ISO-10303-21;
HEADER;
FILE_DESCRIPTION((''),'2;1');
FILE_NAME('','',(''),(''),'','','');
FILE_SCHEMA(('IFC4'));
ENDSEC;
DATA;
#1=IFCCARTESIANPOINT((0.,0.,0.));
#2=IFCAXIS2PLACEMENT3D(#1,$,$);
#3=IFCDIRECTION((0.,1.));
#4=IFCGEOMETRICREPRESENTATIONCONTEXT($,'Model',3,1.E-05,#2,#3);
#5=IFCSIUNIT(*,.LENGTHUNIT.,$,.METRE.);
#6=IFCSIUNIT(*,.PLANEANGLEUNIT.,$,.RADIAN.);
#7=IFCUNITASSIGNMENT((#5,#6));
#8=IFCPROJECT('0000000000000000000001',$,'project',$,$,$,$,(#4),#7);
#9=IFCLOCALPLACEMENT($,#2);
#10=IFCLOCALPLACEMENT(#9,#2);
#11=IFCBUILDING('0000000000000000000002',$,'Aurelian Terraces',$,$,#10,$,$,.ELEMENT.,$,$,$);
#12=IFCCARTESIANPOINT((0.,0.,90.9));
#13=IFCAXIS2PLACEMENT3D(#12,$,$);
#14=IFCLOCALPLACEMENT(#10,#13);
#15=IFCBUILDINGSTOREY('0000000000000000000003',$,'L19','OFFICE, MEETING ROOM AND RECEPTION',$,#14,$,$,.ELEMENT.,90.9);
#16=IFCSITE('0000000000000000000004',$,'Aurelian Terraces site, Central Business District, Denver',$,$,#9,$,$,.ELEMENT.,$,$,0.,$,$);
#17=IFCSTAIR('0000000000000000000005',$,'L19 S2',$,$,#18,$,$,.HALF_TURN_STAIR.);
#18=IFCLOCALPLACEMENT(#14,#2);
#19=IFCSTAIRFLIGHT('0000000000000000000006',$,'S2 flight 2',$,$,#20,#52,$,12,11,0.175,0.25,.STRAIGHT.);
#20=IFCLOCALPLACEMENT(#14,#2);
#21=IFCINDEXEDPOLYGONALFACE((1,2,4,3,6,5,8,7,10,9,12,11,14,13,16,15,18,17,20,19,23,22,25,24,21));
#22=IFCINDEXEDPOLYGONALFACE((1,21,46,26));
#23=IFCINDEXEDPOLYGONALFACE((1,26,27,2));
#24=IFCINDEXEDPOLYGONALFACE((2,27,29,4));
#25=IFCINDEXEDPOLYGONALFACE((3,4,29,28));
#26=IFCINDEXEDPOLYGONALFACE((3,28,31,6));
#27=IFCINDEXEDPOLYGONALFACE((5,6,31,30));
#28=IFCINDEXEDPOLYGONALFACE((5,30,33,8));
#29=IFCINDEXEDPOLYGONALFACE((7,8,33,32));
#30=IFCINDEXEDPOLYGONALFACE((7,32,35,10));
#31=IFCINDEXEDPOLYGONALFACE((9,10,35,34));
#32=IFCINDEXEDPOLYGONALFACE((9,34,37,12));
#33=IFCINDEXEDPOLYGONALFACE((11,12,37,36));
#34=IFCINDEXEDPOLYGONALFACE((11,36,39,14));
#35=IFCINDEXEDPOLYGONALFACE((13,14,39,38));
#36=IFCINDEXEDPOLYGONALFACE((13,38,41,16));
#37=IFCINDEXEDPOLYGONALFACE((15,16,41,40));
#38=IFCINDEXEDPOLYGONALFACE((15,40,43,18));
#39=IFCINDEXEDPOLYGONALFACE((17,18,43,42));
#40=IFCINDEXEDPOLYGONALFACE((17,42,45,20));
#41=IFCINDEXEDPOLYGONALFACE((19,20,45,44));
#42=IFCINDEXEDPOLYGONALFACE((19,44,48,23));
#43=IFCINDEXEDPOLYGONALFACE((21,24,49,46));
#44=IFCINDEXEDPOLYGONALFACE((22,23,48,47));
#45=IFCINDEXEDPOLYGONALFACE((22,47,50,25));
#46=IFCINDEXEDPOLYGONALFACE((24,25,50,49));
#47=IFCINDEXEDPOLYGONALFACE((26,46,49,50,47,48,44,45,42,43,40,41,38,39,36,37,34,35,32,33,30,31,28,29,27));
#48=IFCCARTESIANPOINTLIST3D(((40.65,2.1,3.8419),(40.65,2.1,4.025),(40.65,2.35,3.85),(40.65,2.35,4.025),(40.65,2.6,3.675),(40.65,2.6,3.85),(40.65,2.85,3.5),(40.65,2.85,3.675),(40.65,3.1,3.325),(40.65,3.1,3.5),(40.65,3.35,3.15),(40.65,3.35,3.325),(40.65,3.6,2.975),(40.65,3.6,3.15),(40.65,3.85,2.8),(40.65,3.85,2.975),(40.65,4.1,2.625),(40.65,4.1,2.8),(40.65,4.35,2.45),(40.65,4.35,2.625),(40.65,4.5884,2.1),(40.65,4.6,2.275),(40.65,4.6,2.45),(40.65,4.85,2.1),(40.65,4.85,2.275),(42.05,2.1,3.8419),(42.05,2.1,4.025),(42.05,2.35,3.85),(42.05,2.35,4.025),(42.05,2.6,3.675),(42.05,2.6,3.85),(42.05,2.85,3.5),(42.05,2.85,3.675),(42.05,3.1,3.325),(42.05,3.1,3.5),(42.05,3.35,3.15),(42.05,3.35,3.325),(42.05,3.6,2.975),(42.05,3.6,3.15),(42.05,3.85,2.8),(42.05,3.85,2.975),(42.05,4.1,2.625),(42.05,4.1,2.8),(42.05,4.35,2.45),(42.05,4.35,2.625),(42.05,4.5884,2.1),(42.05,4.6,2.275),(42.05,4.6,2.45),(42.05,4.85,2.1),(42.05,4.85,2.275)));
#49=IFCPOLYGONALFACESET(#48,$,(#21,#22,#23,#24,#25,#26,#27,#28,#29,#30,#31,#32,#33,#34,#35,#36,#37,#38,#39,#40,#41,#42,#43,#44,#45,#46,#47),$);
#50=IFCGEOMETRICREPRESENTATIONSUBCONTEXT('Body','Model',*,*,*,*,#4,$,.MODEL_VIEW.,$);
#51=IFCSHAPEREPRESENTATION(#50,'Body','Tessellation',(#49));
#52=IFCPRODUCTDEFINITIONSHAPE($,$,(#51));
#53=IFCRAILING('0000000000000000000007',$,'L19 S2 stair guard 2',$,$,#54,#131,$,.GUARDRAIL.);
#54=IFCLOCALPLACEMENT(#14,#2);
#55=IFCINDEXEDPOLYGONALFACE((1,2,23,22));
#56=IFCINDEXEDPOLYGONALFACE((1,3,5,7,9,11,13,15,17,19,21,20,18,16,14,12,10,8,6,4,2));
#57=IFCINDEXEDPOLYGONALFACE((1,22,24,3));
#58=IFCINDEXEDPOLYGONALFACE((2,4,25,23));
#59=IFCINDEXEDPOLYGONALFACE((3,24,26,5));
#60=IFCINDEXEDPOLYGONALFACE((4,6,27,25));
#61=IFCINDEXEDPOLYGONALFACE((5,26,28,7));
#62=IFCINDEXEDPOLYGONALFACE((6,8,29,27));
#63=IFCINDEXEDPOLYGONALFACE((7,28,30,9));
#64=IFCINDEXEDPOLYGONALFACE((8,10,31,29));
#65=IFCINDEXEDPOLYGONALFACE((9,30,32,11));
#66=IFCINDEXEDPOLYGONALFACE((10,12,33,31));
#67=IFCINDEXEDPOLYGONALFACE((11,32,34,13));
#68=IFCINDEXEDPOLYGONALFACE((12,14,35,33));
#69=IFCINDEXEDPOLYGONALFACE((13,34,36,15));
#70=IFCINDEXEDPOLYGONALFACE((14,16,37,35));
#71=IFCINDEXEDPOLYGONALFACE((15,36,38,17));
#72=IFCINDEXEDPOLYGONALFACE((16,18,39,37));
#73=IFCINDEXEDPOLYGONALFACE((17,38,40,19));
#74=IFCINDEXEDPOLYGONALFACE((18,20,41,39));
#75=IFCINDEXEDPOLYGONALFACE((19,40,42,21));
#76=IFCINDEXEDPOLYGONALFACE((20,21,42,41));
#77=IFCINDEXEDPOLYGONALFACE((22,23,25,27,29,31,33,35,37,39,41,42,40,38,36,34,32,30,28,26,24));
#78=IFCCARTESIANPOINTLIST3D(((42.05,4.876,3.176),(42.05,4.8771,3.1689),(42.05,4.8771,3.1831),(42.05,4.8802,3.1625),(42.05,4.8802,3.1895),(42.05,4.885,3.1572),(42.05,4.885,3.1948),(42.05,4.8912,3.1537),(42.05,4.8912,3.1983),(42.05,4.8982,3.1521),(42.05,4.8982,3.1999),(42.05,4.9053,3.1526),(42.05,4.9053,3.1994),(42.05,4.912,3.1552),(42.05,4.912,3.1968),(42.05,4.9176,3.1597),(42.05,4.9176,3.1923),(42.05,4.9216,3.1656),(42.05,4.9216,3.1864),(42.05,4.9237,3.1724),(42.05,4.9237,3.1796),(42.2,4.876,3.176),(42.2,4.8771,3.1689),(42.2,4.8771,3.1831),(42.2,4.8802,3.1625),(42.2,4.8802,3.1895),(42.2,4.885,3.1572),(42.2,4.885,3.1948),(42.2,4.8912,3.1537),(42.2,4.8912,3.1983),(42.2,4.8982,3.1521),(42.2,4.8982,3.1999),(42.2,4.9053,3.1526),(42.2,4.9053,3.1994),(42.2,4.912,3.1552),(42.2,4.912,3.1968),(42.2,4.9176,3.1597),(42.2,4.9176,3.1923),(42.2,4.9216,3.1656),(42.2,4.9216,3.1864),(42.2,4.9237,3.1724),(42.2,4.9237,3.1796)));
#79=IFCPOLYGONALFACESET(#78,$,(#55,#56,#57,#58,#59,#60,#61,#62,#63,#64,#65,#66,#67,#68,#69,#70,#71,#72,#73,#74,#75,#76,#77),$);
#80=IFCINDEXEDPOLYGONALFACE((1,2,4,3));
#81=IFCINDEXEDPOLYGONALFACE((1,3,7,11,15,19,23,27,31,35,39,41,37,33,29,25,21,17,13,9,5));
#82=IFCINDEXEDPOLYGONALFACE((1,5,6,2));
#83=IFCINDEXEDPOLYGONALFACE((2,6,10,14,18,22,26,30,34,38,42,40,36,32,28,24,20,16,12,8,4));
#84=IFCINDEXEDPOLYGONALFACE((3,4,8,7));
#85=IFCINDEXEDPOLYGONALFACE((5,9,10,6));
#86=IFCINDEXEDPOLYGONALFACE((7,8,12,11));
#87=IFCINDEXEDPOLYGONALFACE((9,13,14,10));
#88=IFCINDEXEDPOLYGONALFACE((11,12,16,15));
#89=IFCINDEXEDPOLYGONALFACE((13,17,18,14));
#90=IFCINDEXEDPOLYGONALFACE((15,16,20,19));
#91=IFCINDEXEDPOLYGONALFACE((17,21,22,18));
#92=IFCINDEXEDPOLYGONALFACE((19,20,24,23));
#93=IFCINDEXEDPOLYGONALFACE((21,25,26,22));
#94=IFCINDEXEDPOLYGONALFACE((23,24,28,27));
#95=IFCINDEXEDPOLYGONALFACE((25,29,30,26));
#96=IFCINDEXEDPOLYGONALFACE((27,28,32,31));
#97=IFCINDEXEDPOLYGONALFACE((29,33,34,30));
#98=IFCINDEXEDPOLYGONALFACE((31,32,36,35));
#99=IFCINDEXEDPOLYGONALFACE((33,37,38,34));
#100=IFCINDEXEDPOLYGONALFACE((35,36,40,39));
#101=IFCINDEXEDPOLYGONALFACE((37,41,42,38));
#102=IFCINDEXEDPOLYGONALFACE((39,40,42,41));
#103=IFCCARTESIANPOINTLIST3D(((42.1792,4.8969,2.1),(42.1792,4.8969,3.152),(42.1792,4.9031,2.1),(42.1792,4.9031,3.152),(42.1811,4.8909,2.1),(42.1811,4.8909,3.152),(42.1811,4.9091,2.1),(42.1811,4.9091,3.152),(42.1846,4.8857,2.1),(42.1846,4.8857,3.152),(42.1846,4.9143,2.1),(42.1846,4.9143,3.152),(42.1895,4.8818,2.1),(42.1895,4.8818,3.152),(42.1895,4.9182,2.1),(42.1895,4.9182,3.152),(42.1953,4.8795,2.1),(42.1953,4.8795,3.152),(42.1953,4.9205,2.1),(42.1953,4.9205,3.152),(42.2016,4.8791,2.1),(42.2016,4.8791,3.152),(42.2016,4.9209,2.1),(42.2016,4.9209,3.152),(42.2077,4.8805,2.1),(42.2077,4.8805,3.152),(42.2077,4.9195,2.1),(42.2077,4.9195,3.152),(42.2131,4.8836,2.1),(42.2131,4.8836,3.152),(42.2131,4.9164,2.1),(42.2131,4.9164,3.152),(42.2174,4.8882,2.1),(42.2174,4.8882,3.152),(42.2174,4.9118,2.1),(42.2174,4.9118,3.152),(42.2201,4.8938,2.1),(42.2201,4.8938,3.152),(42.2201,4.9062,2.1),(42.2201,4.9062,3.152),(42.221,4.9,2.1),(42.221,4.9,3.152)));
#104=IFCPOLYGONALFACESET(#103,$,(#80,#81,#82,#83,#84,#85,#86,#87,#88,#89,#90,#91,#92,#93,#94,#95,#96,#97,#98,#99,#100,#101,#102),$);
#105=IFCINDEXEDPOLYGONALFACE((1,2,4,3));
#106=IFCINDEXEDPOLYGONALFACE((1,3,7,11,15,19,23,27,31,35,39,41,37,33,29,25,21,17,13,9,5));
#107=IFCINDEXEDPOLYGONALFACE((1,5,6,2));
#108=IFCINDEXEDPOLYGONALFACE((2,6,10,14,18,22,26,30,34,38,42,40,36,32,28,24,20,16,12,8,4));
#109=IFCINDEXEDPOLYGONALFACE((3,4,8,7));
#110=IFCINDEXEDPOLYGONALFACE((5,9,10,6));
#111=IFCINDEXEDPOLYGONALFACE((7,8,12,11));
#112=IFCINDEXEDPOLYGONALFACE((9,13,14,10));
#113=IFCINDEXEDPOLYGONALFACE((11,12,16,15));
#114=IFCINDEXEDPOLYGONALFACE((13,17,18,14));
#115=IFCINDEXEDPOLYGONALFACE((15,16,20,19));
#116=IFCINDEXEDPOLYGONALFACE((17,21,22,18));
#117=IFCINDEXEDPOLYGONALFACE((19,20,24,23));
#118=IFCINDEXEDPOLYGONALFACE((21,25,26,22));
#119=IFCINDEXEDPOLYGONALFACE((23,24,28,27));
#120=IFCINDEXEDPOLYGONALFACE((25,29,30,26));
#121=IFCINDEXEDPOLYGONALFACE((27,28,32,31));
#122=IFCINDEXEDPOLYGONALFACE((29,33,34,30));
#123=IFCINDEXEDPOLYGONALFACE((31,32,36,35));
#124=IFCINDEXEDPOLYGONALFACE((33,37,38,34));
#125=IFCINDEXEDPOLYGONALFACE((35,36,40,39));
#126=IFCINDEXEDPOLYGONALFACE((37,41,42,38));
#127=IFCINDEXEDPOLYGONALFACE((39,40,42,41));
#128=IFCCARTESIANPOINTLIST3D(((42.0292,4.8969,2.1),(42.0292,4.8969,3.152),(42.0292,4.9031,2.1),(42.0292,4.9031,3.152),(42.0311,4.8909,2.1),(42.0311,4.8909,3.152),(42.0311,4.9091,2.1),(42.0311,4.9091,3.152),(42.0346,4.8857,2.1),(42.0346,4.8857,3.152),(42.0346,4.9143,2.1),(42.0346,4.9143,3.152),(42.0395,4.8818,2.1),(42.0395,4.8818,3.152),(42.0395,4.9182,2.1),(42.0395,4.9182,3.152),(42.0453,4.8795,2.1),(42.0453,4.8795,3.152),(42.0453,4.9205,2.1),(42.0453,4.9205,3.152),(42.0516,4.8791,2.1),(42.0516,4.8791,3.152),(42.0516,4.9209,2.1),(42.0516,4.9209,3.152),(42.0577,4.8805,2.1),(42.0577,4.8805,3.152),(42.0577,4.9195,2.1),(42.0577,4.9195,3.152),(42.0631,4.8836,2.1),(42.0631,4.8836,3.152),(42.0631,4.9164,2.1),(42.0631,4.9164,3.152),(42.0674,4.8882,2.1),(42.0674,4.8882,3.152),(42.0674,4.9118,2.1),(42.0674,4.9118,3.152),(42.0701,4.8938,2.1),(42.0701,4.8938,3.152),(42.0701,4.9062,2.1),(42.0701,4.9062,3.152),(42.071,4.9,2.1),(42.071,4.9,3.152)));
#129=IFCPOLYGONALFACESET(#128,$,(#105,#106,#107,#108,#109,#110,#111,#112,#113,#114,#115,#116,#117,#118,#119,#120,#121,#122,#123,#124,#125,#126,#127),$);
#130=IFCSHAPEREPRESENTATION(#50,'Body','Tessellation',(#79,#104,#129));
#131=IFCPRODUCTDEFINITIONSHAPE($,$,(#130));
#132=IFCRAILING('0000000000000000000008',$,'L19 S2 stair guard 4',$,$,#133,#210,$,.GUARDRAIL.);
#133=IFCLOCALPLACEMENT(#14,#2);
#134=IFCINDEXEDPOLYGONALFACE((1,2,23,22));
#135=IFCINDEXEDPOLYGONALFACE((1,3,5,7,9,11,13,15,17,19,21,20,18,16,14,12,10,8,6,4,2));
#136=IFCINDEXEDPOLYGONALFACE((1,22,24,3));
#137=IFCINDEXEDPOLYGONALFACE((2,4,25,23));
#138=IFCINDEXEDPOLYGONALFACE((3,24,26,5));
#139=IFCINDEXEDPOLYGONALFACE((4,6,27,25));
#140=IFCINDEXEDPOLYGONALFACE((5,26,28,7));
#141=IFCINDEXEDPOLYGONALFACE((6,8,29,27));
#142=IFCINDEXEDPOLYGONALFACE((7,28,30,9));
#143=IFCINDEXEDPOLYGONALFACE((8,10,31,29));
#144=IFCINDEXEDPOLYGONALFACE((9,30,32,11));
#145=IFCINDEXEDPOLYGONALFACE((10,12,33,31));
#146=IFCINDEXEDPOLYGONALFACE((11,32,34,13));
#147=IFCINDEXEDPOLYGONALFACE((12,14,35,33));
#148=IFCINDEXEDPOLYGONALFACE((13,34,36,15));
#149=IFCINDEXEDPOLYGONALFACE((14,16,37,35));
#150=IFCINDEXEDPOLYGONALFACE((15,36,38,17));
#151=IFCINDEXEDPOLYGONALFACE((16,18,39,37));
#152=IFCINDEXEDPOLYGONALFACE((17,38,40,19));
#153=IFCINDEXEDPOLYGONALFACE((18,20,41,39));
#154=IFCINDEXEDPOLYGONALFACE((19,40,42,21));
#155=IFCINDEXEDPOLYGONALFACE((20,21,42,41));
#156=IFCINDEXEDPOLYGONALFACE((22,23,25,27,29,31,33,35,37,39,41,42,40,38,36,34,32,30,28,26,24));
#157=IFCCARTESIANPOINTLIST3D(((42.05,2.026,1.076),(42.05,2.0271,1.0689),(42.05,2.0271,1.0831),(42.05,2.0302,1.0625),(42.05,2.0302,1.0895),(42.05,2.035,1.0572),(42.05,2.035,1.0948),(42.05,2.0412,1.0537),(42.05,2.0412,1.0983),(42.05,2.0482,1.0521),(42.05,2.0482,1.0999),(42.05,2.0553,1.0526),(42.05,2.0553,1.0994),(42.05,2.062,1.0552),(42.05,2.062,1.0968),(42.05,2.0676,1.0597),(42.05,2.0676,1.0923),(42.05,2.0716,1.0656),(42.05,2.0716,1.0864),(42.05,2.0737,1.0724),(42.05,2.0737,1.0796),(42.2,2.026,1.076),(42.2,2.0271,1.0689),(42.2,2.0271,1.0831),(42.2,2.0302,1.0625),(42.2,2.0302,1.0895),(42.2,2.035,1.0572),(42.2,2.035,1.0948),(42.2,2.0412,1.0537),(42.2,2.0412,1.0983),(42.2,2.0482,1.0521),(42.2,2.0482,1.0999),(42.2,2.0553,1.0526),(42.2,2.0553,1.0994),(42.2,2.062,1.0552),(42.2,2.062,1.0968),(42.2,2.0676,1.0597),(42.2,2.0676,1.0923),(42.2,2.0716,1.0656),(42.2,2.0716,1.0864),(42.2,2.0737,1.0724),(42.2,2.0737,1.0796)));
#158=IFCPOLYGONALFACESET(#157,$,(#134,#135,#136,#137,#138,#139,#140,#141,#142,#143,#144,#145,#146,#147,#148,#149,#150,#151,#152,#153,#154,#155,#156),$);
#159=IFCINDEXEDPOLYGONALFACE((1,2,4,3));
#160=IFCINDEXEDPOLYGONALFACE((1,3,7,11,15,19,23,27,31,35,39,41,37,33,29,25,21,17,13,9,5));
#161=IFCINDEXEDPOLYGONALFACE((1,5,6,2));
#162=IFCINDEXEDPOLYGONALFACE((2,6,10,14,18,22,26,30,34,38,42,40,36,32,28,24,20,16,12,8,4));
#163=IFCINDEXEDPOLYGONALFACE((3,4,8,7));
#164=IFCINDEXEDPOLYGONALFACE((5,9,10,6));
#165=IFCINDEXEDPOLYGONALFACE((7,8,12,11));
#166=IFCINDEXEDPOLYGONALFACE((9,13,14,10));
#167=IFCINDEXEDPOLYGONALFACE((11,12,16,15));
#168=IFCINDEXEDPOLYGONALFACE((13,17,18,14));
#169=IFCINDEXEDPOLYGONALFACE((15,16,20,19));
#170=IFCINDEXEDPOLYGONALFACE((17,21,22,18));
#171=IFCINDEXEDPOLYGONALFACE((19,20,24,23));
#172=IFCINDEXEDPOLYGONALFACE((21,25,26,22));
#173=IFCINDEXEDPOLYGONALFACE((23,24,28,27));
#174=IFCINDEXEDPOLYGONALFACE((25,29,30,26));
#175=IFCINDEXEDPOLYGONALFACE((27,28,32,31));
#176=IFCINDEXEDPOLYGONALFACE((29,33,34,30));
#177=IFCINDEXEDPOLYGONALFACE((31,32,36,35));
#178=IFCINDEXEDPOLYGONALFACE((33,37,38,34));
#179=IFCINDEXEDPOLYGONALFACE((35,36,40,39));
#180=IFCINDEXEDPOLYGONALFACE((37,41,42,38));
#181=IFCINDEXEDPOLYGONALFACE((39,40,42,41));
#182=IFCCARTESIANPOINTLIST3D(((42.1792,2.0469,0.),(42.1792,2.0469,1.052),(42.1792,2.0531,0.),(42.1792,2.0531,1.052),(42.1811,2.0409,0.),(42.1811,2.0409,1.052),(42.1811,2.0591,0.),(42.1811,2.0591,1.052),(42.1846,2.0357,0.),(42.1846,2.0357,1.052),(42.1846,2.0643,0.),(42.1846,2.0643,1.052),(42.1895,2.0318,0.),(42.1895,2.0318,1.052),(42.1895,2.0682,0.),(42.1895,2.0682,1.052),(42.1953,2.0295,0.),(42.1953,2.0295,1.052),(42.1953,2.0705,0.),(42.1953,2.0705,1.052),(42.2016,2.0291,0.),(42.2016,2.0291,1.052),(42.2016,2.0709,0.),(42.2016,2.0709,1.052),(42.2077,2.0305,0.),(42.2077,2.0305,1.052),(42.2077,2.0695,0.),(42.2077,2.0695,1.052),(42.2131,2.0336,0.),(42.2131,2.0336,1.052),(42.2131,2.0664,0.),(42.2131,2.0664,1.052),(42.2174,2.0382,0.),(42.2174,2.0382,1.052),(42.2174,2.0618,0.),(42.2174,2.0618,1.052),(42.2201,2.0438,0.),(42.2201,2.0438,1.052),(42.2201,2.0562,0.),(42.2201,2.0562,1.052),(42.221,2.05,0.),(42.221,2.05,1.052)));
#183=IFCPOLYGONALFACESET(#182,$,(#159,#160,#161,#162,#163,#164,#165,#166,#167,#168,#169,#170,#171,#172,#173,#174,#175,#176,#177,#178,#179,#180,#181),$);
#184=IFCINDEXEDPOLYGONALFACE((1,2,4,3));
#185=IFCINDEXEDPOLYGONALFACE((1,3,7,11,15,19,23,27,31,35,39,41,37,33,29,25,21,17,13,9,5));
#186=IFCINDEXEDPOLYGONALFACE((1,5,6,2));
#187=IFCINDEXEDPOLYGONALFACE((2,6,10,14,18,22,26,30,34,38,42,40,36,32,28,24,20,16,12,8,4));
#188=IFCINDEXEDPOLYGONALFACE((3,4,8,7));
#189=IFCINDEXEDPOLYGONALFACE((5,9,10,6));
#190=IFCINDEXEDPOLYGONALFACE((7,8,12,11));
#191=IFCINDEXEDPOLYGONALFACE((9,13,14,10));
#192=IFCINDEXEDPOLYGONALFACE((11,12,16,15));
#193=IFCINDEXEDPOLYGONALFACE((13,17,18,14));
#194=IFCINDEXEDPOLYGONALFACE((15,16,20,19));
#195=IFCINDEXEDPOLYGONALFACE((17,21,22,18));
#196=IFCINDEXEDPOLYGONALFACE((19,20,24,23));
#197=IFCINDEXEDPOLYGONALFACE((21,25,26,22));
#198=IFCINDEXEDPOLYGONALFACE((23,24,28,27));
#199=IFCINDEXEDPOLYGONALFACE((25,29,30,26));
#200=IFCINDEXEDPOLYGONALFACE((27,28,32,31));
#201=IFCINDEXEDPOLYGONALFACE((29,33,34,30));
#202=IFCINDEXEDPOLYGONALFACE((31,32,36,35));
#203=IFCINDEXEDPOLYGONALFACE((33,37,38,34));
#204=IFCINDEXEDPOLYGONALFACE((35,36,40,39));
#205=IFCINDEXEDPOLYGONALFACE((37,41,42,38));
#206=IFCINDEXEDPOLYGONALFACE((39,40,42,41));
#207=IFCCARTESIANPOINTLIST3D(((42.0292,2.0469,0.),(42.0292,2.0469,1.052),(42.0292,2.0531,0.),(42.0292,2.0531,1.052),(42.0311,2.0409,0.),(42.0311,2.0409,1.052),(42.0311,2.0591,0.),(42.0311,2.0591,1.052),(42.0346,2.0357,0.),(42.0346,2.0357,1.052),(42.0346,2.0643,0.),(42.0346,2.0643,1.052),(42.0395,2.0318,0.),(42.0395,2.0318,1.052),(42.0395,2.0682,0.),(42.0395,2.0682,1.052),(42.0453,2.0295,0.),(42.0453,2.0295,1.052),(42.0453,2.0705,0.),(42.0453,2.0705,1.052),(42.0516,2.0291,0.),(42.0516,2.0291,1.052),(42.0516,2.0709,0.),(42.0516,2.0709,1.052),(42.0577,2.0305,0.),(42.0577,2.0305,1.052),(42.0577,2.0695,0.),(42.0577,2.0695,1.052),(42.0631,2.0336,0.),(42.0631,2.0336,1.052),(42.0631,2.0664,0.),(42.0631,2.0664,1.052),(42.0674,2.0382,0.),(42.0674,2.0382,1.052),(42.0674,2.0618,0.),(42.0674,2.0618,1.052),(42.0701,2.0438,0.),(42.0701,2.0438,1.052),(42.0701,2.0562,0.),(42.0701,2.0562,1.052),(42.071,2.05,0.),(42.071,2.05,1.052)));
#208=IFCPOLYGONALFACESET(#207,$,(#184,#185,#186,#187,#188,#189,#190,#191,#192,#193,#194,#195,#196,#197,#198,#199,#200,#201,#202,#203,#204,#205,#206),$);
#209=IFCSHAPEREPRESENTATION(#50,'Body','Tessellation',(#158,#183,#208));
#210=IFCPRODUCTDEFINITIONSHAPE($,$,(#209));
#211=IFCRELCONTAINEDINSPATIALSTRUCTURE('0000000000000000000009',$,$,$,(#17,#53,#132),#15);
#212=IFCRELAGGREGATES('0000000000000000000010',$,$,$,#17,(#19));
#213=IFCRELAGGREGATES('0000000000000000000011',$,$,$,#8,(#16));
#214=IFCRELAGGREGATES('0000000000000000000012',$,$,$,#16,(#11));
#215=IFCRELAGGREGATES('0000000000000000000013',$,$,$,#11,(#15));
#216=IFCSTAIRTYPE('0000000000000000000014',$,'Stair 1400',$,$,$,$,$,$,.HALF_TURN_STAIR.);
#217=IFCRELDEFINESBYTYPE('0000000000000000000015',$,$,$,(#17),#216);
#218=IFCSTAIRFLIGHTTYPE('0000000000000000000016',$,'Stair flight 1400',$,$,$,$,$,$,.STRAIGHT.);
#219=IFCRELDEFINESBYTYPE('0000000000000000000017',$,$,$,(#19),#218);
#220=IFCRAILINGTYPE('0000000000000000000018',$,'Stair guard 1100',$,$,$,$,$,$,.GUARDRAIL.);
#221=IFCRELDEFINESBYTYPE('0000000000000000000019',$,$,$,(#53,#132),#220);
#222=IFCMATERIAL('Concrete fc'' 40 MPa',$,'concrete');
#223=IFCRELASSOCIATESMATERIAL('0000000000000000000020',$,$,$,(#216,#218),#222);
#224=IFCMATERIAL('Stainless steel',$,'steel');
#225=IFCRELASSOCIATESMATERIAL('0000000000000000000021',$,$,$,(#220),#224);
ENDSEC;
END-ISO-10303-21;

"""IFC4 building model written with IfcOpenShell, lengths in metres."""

from ifc_helpers import new_model, si_unit, direction, frame, origin, origin_2d, place, context, subcontext, project, spatial, polyline, circle, outline, extrude, source, transform, mapped, material, type_object, element, aggregate, save


model = new_model("IFC4")

# Units and contexts
model_context = context("Model", 3, precision=1e-05, world=origin(), true_north=direction((0.0, 1.0)))
body_context = subcontext(model_context, "Body", "Model", "MODEL_VIEW")
ifc_project = project(units=[si_unit("LENGTHUNIT", "METRE"), si_unit("PLANEANGLEUNIT", "RADIAN")], contexts=[model_context])

# Site, building, storey
site_placement = place(None, origin())
site = spatial("IfcSite", under=ifc_project, at=site_placement, Name="Aurelian Terraces site, Central Business District, Denver", CompositionType="ELEMENT", RefElevation=0.0)
building_placement = place(site_placement, origin())
building = spatial("IfcBuilding", under=site, at=building_placement, Name="Aurelian Terraces", CompositionType="ELEMENT")
storey_placement = place(building_placement, frame((0.0, 0.0, 90.9)))
storey = spatial("IfcBuildingStorey", under=building, at=storey_placement, Name="L19", Description="OFFICE, MEETING ROOM AND RECEPTION", CompositionType="ELEMENT", Elevation=90.9)

# Shared definitions
ifc_material_1 = material(Name="Concrete fc' 40 MPa", Category="concrete")

# Stair, stair flight
stair_type = type_object("IfcStairType", Name="Stair 1400", PredefinedType="HALF_TURN_STAIR", material=ifc_material_1)
stair_placement = place(storey_placement, origin())
stair = element("IfcStair", 1, at=stair_placement, inside=storey, type_object=stair_type, Name="L19 S2", PredefinedType="HALF_TURN_STAIR")
stair_flight_type = type_object("IfcStairFlightType", Name="Stair flight 1400", PredefinedType="STRAIGHT", material=ifc_material_1)
shared_shape_1 = source(origin(), body_context, "Body", "SweptSolid", [
    extrude(outline(polyline([(0.0, 0.0), (0.0, 0.175), (0.25, 0.175), (0.25, 0.35), (0.5, 0.35), (0.5, 0.525), (0.75, 0.525), (0.75, 0.7), (1.0, 0.7), (1.0, 0.875), (1.25, 0.875), (1.25, 1.05), (1.5, 1.05), (1.5, 1.225), (1.75, 1.225), (1.75, 1.4), (2.0, 1.4), (2.0, 1.575), (2.25, 1.575), (2.25, 1.75), (2.5, 1.75), (2.5, 1.925), (2.75, 1.925), (2.75, 2.1), (2.75, 1.7419), (0.2616, 0.0), (0.0, 0.0)])), frame((0.0, 0.7, 0.0), z_axis=(0.0, -1.0, 0.0), x_axis=(1.0, 0.0, 0.0)), (0.0, 0.0, 1.0), 1.4),
])
stair_flight_1_placement = place(storey_placement, frame((41.35, 4.85, 2.1), z_axis=(0.0, 0.0, 1.0), x_axis=(0.0, -1.0, 0.0)))
stair_flight_1 = element("IfcStairFlight", 2, at=stair_flight_1_placement, type_object=stair_flight_type, Name="S2 flight 2", NumberOfRisers=12, NumberOfTreads=11, PredefinedType="STRAIGHT", RiserHeight=0.175, TreadLength=0.25, context=body_context, shape_type="MappedRepresentation", body=[
    mapped(shared_shape_1, transform((0.0, 0.0, 0.0), scale=1.0)),
])
aggregate(stair, [stair_flight_1])

# Railings
ifc_material_2 = material(Name="Stainless steel", Category="steel")
railing_type_1 = type_object("IfcRailingType", Name="Stair guard 1100", PredefinedType="GUARDRAIL", material=ifc_material_2)
shared_shape_2 = source(origin(), body_context, "Body", "SweptSolid", [
    extrude(circle(Radius=0.024, at=origin_2d()), frame((0.0, 0.0, 1.076), z_axis=(-1.0, 0.0, 0.0), x_axis=(0.0, -1.0, 0.0)), (0.0, 0.0, 1.0), 0.15),
    extrude(circle(Radius=0.021, at=origin_2d()), origin(), (0.0, 0.0, 1.0), 1.052),
    extrude(circle(Radius=0.021, at=origin_2d()), frame((-0.15, 0.0, 0.0)), (0.0, 0.0, 1.0), 1.052),
])
for number, where, name in (
    (3, (42.2, 4.9, 2.1), "L19 S2 stair guard 2"),
    (4, (42.2, 2.05, 0.0), "L19 S2 stair guard 4"),
):
    element("IfcRailing", number, at=place(storey_placement, frame(where)), inside=storey, type_object=railing_type_1, Name=name, PredefinedType="GUARDRAIL", context=body_context, shape_type="MappedRepresentation", body=[
        mapped(shared_shape_2, transform((0.0, 0.0, 0.0), scale=1.0)),
    ])

save(model, "model.ifc")
